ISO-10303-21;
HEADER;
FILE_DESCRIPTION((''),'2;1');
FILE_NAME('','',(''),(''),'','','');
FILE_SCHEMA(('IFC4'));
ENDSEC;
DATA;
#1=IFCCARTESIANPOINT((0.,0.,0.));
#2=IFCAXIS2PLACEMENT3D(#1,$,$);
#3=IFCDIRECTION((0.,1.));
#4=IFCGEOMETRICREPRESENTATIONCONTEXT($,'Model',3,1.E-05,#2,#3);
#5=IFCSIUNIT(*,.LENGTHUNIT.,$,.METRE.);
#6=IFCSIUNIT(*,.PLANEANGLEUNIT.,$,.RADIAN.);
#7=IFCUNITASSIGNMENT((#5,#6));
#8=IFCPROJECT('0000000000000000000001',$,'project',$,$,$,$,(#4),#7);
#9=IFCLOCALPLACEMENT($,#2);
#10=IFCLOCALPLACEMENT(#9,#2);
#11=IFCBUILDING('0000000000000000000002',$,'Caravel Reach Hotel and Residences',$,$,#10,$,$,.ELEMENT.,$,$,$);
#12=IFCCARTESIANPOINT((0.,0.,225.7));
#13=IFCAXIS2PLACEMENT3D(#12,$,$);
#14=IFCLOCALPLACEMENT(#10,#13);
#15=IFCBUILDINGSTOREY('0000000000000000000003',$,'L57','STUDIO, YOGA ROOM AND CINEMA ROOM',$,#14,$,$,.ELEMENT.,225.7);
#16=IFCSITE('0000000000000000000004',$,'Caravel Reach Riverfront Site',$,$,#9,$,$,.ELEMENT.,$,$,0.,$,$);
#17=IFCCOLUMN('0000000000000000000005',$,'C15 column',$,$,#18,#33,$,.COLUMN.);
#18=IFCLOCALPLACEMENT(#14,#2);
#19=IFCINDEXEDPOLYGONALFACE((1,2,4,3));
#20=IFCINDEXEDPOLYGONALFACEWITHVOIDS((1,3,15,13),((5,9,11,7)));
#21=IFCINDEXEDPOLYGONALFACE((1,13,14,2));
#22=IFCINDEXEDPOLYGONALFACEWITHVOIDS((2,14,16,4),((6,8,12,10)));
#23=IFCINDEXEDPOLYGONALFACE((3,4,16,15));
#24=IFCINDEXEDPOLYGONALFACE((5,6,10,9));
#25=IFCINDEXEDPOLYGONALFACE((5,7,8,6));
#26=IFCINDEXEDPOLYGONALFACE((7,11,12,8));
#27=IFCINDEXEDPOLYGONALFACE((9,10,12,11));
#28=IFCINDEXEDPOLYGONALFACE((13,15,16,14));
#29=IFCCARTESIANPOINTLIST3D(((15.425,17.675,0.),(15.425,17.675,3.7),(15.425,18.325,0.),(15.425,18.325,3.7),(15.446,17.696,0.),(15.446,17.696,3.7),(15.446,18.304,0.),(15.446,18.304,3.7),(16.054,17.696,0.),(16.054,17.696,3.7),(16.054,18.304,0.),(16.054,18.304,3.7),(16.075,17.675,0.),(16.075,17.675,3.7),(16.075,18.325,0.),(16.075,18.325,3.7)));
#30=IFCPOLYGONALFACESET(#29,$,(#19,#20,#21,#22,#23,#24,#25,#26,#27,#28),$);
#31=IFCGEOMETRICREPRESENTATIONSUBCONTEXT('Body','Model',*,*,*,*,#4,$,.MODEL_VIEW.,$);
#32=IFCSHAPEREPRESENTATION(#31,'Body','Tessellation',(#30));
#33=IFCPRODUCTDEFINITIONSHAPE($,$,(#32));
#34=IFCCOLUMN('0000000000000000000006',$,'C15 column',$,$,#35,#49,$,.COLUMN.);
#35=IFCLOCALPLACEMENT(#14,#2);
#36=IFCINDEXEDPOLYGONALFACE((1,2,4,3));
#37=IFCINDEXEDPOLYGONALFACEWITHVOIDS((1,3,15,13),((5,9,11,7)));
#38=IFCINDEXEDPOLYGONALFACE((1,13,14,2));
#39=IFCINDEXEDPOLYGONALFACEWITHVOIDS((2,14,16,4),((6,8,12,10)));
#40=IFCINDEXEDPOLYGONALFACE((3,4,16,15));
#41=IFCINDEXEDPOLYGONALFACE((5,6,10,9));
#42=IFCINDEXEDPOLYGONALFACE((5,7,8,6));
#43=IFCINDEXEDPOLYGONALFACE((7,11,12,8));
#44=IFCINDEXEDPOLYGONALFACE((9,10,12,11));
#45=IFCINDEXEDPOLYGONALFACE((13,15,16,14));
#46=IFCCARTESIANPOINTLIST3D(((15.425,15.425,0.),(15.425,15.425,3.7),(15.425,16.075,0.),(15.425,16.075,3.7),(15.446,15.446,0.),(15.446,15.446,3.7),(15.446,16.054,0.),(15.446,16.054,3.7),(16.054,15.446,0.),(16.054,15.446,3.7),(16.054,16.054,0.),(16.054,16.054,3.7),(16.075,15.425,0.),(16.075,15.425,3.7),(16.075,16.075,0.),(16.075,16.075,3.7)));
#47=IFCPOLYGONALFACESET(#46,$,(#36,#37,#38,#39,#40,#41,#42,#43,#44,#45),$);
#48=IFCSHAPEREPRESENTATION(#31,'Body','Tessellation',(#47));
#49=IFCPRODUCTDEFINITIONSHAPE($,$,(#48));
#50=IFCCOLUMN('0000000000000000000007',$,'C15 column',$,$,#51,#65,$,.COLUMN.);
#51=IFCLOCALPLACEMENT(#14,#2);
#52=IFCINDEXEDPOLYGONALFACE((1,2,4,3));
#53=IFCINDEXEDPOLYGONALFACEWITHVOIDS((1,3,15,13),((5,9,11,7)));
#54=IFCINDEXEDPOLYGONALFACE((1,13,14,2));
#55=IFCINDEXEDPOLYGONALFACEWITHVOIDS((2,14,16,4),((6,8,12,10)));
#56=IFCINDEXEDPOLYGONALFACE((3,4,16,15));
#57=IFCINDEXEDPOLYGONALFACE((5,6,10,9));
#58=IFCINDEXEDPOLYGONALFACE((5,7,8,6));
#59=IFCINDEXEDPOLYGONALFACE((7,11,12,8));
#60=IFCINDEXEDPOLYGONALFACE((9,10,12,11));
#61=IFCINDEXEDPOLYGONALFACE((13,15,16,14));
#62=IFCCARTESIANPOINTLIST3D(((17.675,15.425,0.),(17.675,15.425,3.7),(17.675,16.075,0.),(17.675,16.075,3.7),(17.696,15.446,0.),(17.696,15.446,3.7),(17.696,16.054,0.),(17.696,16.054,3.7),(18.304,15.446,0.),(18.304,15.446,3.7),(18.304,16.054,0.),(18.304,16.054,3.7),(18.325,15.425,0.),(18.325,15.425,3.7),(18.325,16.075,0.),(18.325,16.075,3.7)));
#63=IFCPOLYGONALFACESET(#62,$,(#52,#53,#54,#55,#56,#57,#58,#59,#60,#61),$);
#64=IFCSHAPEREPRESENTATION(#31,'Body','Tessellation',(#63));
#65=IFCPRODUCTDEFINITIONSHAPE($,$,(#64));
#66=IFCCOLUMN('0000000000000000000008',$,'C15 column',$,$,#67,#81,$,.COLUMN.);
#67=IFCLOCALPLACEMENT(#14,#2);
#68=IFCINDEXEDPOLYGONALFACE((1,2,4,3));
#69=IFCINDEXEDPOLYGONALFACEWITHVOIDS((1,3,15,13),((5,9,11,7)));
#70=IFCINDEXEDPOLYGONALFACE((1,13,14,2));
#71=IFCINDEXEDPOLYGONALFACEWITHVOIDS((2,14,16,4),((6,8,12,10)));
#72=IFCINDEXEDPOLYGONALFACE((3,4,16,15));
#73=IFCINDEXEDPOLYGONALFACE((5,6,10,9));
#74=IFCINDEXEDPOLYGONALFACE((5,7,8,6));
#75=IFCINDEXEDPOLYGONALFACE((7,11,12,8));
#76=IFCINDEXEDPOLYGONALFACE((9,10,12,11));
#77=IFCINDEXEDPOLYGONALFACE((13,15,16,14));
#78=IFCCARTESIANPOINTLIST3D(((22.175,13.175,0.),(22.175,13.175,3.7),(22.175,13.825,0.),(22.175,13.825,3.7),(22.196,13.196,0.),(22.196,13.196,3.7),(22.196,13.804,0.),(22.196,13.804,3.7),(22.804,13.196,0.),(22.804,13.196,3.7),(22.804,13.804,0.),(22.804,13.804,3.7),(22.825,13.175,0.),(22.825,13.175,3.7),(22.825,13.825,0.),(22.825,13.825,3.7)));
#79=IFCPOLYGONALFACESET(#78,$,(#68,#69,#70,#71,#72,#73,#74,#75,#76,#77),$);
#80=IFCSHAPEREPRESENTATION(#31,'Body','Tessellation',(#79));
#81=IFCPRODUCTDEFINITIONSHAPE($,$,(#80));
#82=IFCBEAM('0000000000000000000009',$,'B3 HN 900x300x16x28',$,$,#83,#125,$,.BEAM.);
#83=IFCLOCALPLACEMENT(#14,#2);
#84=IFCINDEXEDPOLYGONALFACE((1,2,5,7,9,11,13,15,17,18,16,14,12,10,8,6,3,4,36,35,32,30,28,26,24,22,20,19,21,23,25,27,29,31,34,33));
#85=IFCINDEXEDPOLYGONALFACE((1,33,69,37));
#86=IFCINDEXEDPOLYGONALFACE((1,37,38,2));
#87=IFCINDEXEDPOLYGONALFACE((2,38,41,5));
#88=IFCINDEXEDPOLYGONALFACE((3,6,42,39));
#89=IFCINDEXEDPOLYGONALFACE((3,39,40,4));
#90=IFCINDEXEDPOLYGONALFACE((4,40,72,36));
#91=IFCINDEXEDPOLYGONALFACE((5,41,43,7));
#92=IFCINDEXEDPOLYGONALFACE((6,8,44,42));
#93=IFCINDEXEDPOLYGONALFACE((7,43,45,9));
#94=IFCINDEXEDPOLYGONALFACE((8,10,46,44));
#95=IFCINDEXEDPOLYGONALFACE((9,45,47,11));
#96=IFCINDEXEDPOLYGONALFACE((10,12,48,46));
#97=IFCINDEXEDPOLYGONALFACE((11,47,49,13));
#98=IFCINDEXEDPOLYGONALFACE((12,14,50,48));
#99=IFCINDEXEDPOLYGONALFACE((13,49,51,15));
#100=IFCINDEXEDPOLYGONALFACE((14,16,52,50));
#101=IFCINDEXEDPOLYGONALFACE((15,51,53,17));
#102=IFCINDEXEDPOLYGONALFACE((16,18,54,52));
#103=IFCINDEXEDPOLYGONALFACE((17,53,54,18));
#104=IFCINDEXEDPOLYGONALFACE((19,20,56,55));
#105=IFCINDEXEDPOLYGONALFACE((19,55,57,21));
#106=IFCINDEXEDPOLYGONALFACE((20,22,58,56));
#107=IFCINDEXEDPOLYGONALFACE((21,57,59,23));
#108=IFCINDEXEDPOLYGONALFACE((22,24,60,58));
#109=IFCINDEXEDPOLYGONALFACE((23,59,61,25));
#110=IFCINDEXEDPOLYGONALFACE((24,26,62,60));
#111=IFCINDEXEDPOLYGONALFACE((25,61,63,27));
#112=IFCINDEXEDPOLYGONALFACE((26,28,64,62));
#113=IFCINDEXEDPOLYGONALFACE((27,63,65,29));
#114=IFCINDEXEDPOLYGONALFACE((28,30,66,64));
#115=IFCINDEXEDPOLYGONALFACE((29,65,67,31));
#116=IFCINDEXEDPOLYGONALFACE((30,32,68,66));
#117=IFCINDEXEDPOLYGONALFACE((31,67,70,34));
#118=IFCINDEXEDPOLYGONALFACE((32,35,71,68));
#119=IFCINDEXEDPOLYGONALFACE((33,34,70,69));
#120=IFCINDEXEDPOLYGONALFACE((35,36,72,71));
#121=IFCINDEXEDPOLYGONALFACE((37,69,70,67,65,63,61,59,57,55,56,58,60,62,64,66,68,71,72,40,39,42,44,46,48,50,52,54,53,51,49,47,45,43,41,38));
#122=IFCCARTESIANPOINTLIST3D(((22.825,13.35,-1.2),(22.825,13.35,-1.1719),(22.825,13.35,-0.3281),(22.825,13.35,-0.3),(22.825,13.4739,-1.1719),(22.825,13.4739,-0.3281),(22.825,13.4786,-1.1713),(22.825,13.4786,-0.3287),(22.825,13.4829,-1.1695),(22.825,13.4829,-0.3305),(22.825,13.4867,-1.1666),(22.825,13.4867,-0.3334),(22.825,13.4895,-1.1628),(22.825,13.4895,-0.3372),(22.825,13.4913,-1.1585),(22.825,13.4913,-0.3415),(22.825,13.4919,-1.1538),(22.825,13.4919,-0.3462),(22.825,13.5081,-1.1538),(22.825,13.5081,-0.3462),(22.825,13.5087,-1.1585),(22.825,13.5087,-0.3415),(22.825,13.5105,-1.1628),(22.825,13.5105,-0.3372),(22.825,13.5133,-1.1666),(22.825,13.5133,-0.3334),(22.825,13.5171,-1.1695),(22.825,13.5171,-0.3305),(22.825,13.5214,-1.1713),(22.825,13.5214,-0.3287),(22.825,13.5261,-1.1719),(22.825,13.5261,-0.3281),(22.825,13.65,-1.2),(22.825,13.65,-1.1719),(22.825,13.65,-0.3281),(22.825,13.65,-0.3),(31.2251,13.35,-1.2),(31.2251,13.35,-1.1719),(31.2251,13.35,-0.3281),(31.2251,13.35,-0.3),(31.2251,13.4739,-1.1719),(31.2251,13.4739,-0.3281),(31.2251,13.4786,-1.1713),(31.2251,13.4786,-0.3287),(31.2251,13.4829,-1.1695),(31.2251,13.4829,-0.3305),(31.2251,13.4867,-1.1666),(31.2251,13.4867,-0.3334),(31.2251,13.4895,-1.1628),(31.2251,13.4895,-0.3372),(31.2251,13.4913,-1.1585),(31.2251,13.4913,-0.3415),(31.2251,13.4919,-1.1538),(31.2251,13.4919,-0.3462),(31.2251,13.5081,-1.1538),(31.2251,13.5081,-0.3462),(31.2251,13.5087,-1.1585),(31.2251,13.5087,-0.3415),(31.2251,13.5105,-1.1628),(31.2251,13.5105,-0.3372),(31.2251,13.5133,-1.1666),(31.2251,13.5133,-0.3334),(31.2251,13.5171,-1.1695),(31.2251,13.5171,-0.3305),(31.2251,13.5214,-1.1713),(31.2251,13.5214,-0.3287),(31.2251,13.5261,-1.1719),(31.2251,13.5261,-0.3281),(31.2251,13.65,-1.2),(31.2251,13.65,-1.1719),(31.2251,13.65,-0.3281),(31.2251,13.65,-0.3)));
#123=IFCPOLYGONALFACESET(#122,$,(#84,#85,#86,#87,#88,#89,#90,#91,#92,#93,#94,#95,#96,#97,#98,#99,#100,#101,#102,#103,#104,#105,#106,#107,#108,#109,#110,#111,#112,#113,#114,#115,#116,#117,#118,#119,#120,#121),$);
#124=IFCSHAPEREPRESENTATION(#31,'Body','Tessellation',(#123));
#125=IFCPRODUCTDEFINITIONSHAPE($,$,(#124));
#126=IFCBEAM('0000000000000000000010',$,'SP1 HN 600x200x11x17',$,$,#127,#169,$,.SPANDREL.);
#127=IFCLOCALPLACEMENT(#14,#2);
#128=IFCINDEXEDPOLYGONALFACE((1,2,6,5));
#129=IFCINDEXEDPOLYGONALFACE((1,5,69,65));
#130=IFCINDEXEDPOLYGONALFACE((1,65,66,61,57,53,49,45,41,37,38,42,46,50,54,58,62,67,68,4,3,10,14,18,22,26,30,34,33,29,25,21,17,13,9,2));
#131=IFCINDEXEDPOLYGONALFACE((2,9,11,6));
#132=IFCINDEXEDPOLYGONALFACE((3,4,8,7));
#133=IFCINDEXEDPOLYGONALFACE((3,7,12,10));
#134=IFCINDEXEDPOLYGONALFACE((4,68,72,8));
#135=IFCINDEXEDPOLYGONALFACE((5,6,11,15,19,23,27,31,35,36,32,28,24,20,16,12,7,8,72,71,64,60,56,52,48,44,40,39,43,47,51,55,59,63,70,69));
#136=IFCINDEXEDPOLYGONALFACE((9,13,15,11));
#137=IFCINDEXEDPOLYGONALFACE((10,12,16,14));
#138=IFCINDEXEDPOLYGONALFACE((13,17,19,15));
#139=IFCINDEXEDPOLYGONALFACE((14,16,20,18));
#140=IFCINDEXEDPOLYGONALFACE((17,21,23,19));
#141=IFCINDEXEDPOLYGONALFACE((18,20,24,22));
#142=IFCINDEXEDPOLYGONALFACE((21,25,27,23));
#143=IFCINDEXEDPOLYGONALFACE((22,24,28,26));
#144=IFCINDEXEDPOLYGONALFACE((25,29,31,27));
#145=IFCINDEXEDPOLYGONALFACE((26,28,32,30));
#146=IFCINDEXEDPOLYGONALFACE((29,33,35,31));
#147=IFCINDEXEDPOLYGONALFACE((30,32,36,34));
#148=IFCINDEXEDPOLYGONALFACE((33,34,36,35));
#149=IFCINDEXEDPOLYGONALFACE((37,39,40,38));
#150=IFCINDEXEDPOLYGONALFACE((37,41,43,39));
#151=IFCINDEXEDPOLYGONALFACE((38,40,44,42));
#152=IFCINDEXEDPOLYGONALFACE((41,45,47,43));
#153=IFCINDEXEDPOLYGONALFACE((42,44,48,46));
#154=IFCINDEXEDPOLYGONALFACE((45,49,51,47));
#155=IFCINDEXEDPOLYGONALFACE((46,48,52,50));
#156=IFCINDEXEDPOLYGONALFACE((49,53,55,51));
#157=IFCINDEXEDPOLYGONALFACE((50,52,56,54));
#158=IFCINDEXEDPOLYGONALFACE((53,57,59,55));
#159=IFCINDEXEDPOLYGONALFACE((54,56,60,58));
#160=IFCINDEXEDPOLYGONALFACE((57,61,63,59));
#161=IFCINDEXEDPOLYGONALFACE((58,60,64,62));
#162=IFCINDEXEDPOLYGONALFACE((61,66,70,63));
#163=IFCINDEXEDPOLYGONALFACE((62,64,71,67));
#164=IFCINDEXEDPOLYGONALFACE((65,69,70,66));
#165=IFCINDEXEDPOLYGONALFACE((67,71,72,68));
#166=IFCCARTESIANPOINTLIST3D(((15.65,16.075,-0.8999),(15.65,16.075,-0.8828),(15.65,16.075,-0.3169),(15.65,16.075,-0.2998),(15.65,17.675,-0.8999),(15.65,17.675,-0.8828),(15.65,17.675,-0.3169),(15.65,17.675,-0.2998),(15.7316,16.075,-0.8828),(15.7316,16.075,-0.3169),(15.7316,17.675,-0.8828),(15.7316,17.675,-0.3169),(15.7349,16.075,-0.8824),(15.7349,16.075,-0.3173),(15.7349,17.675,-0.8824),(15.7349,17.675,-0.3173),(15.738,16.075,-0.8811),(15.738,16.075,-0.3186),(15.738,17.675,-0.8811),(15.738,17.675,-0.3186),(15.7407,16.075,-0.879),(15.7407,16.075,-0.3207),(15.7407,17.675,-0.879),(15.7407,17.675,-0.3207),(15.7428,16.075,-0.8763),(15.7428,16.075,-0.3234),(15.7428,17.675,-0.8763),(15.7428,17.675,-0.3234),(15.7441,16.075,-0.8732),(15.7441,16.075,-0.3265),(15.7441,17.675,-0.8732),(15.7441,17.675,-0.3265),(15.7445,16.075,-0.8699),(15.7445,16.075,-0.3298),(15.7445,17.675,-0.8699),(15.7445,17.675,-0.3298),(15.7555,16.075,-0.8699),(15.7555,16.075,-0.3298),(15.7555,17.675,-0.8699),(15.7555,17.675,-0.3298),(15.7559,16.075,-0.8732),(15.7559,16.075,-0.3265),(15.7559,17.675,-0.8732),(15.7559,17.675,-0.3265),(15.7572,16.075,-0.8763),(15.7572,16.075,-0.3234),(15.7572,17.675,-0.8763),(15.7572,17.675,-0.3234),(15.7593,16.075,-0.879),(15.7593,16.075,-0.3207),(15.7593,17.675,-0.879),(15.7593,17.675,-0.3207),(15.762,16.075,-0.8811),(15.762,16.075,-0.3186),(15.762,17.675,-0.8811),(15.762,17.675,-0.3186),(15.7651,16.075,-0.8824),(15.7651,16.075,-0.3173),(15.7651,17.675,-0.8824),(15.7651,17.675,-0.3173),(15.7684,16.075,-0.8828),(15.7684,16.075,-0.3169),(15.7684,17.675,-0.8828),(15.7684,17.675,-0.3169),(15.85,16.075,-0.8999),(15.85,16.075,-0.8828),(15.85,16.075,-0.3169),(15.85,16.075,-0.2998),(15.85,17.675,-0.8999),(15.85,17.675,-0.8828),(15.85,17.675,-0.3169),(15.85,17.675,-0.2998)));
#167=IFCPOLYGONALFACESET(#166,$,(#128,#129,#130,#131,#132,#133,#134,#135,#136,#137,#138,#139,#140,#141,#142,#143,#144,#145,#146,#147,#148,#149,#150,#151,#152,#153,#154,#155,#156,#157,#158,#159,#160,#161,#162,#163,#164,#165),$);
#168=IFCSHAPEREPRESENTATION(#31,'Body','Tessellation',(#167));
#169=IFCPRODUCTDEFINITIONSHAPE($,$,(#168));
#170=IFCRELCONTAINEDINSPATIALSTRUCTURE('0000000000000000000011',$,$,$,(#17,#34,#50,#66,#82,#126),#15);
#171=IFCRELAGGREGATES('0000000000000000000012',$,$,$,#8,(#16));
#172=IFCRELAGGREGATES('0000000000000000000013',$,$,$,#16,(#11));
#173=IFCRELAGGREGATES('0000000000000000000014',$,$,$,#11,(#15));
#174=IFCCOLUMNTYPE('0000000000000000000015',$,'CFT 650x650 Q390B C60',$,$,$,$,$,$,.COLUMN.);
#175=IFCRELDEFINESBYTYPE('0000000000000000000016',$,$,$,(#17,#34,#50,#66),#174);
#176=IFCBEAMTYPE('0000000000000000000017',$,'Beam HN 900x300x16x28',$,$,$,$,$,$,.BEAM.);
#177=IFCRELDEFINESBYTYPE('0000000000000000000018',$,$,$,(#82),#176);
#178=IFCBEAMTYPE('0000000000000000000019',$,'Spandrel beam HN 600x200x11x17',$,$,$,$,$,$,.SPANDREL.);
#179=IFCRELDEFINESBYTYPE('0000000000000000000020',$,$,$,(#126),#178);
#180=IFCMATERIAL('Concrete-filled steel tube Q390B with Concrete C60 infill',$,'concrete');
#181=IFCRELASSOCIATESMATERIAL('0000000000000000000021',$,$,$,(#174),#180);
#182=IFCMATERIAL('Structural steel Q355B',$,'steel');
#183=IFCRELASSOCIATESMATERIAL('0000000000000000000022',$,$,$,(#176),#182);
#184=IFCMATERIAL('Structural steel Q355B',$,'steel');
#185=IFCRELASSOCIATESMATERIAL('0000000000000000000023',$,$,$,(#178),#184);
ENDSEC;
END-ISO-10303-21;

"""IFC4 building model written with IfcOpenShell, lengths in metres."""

from ifc_helpers import new_model, si_unit, direction, frame, origin, origin_2d, place, context, subcontext, project, spatial, hollow_rectangle, i_section, extrude, material, material_profile, profile_set, type_object, element, save


model = new_model("IFC4")

# Units and contexts
model_context = context("Model", 3, precision=1e-05, world=origin(), true_north=direction((0.0, 1.0)))
body_context = subcontext(model_context, "Body", "Model", "MODEL_VIEW")
ifc_project = project(units=[si_unit("LENGTHUNIT", "METRE"), si_unit("PLANEANGLEUNIT", "RADIAN")], contexts=[model_context])

# Site, building, storey
site_placement = place(None, origin())
site = spatial("IfcSite", under=ifc_project, at=site_placement, Name="Caravel Reach Riverfront Site", CompositionType="ELEMENT", RefElevation=0.0)
building_placement = place(site_placement, origin())
building = spatial("IfcBuilding", under=site, at=building_placement, Name="Caravel Reach Hotel and Residences", CompositionType="ELEMENT")
storey_placement = place(building_placement, frame((0.0, 0.0, 225.7)))
storey = spatial("IfcBuildingStorey", under=building, at=storey_placement, Name="L57", Description="STUDIO, YOGA ROOM AND CINEMA ROOM", CompositionType="ELEMENT", Elevation=225.7)

# Columns
ifc_material_1 = material(Name="Concrete-filled steel tube Q390B with Concrete C60 infill", Category="concrete")
ifc_material_profile_1 = material_profile(ifc_material_1, hollow_rectangle(XDim=0.6499, YDim=0.6499, WallThickness=0.021, at=origin_2d()), Name="RHS 650x650x21")
ifc_profile_set_1 = profile_set([ifc_material_profile_1], Name="Concrete-filled steel tube Q390B with Concrete C60 infill")
column_type = type_object("IfcColumnType", Name="CFT 650x650 Q390B C60", PredefinedType="COLUMN", material=ifc_profile_set_1)
for number, where, z_axis, x_axis, name in (
    (1, (15.75, 18.0, 0.0), (0.0, 0.0, 1.0), (1.0, 0.0, 0.0), "C15 column"),
    (2, (15.75, 15.75, 0.0), (0.0, 0.0, 1.0), (1.0, 0.0, 0.0), "C15 column"),
    (3, (18.0, 15.75, 0.0), (0.0, 0.0, 1.0), (1.0, 0.0, 0.0), "C15 column"),
    (4, (22.5, 13.5, 0.0), (0.0, 0.0, 1.0), (1.0, 0.0, 0.0), "C15 column"),
):
    element("IfcColumn", number, at=place(storey_placement, frame(where, z_axis=z_axis, x_axis=x_axis)), inside=storey, type_object=column_type, Name=name, PredefinedType="COLUMN", context=body_context, shape_type="SweptSolid", body=[
        extrude(hollow_rectangle(XDim=0.6499, YDim=0.6499, WallThickness=0.021, at=origin_2d()), origin(), (0.0, 0.0, 1.0), 3.7),
    ])

# Beams
ifc_material_2 = material(Name="Structural steel Q355B", Category="steel")
ifc_material_profile_2 = material_profile(ifc_material_2, i_section(OverallWidth=0.3, OverallDepth=0.8999, WebThickness=0.0161, FlangeThickness=0.0281, FilletRadius=0.0181, at=origin_2d()), Name="HN 900x300x16x28")
ifc_profile_set_2 = profile_set([ifc_material_profile_2], Name="Structural steel Q355B")
beam_type_1 = type_object("IfcBeamType", Name="Beam HN 900x300x16x28", PredefinedType="BEAM", material=ifc_profile_set_2)
beam_placement = place(storey_placement, frame((22.825, 13.5, -0.75), z_axis=(1.0, 0.0, 0.0), x_axis=(0.0, 1.0, 0.0)))
element("IfcBeam", 5, at=beam_placement, inside=storey, type_object=beam_type_1, Name="B3 HN 900x300x16x28", PredefinedType="BEAM", context=body_context, shape_type="SweptSolid", body=[
    extrude(i_section(OverallWidth=0.3, OverallDepth=0.8999, WebThickness=0.0161, FlangeThickness=0.0281, FilletRadius=0.0181, at=origin_2d()), origin(), (0.0, 0.0, 1.0), 8.4001),
])
ifc_material_3 = material(Name="Structural steel Q355B", Category="steel")
ifc_material_profile_3 = material_profile(ifc_material_3, i_section(OverallWidth=0.2, OverallDepth=0.6001, WebThickness=0.011, FlangeThickness=0.0171, FilletRadius=0.0129, at=origin_2d()), Name="HN 600x200x11x17")
ifc_profile_set_3 = profile_set([ifc_material_profile_3], Name="Structural steel Q355B")
beam_type_2 = type_object("IfcBeamType", Name="Spandrel beam HN 600x200x11x17", PredefinedType="SPANDREL", material=ifc_profile_set_3)
for number, where, z_axis, x_axis, name in (
    (6, (15.75, 17.675, -0.5999), (0.0, -1.0, 0.0), (1.0, 0.0, 0.0), "SP1 HN 600x200x11x17"),
):
    element("IfcBeam", number, at=place(storey_placement, frame(where, z_axis=z_axis, x_axis=x_axis)), inside=storey, type_object=beam_type_2, Name=name, PredefinedType="SPANDREL", context=body_context, shape_type="SweptSolid", body=[
        extrude(i_section(OverallWidth=0.2, OverallDepth=0.6001, WebThickness=0.011, FlangeThickness=0.0171, FilletRadius=0.0129, at=origin_2d()), origin(), (0.0, 0.0, 1.0), 1.6001),
    ])

save(model, "model.ifc")
